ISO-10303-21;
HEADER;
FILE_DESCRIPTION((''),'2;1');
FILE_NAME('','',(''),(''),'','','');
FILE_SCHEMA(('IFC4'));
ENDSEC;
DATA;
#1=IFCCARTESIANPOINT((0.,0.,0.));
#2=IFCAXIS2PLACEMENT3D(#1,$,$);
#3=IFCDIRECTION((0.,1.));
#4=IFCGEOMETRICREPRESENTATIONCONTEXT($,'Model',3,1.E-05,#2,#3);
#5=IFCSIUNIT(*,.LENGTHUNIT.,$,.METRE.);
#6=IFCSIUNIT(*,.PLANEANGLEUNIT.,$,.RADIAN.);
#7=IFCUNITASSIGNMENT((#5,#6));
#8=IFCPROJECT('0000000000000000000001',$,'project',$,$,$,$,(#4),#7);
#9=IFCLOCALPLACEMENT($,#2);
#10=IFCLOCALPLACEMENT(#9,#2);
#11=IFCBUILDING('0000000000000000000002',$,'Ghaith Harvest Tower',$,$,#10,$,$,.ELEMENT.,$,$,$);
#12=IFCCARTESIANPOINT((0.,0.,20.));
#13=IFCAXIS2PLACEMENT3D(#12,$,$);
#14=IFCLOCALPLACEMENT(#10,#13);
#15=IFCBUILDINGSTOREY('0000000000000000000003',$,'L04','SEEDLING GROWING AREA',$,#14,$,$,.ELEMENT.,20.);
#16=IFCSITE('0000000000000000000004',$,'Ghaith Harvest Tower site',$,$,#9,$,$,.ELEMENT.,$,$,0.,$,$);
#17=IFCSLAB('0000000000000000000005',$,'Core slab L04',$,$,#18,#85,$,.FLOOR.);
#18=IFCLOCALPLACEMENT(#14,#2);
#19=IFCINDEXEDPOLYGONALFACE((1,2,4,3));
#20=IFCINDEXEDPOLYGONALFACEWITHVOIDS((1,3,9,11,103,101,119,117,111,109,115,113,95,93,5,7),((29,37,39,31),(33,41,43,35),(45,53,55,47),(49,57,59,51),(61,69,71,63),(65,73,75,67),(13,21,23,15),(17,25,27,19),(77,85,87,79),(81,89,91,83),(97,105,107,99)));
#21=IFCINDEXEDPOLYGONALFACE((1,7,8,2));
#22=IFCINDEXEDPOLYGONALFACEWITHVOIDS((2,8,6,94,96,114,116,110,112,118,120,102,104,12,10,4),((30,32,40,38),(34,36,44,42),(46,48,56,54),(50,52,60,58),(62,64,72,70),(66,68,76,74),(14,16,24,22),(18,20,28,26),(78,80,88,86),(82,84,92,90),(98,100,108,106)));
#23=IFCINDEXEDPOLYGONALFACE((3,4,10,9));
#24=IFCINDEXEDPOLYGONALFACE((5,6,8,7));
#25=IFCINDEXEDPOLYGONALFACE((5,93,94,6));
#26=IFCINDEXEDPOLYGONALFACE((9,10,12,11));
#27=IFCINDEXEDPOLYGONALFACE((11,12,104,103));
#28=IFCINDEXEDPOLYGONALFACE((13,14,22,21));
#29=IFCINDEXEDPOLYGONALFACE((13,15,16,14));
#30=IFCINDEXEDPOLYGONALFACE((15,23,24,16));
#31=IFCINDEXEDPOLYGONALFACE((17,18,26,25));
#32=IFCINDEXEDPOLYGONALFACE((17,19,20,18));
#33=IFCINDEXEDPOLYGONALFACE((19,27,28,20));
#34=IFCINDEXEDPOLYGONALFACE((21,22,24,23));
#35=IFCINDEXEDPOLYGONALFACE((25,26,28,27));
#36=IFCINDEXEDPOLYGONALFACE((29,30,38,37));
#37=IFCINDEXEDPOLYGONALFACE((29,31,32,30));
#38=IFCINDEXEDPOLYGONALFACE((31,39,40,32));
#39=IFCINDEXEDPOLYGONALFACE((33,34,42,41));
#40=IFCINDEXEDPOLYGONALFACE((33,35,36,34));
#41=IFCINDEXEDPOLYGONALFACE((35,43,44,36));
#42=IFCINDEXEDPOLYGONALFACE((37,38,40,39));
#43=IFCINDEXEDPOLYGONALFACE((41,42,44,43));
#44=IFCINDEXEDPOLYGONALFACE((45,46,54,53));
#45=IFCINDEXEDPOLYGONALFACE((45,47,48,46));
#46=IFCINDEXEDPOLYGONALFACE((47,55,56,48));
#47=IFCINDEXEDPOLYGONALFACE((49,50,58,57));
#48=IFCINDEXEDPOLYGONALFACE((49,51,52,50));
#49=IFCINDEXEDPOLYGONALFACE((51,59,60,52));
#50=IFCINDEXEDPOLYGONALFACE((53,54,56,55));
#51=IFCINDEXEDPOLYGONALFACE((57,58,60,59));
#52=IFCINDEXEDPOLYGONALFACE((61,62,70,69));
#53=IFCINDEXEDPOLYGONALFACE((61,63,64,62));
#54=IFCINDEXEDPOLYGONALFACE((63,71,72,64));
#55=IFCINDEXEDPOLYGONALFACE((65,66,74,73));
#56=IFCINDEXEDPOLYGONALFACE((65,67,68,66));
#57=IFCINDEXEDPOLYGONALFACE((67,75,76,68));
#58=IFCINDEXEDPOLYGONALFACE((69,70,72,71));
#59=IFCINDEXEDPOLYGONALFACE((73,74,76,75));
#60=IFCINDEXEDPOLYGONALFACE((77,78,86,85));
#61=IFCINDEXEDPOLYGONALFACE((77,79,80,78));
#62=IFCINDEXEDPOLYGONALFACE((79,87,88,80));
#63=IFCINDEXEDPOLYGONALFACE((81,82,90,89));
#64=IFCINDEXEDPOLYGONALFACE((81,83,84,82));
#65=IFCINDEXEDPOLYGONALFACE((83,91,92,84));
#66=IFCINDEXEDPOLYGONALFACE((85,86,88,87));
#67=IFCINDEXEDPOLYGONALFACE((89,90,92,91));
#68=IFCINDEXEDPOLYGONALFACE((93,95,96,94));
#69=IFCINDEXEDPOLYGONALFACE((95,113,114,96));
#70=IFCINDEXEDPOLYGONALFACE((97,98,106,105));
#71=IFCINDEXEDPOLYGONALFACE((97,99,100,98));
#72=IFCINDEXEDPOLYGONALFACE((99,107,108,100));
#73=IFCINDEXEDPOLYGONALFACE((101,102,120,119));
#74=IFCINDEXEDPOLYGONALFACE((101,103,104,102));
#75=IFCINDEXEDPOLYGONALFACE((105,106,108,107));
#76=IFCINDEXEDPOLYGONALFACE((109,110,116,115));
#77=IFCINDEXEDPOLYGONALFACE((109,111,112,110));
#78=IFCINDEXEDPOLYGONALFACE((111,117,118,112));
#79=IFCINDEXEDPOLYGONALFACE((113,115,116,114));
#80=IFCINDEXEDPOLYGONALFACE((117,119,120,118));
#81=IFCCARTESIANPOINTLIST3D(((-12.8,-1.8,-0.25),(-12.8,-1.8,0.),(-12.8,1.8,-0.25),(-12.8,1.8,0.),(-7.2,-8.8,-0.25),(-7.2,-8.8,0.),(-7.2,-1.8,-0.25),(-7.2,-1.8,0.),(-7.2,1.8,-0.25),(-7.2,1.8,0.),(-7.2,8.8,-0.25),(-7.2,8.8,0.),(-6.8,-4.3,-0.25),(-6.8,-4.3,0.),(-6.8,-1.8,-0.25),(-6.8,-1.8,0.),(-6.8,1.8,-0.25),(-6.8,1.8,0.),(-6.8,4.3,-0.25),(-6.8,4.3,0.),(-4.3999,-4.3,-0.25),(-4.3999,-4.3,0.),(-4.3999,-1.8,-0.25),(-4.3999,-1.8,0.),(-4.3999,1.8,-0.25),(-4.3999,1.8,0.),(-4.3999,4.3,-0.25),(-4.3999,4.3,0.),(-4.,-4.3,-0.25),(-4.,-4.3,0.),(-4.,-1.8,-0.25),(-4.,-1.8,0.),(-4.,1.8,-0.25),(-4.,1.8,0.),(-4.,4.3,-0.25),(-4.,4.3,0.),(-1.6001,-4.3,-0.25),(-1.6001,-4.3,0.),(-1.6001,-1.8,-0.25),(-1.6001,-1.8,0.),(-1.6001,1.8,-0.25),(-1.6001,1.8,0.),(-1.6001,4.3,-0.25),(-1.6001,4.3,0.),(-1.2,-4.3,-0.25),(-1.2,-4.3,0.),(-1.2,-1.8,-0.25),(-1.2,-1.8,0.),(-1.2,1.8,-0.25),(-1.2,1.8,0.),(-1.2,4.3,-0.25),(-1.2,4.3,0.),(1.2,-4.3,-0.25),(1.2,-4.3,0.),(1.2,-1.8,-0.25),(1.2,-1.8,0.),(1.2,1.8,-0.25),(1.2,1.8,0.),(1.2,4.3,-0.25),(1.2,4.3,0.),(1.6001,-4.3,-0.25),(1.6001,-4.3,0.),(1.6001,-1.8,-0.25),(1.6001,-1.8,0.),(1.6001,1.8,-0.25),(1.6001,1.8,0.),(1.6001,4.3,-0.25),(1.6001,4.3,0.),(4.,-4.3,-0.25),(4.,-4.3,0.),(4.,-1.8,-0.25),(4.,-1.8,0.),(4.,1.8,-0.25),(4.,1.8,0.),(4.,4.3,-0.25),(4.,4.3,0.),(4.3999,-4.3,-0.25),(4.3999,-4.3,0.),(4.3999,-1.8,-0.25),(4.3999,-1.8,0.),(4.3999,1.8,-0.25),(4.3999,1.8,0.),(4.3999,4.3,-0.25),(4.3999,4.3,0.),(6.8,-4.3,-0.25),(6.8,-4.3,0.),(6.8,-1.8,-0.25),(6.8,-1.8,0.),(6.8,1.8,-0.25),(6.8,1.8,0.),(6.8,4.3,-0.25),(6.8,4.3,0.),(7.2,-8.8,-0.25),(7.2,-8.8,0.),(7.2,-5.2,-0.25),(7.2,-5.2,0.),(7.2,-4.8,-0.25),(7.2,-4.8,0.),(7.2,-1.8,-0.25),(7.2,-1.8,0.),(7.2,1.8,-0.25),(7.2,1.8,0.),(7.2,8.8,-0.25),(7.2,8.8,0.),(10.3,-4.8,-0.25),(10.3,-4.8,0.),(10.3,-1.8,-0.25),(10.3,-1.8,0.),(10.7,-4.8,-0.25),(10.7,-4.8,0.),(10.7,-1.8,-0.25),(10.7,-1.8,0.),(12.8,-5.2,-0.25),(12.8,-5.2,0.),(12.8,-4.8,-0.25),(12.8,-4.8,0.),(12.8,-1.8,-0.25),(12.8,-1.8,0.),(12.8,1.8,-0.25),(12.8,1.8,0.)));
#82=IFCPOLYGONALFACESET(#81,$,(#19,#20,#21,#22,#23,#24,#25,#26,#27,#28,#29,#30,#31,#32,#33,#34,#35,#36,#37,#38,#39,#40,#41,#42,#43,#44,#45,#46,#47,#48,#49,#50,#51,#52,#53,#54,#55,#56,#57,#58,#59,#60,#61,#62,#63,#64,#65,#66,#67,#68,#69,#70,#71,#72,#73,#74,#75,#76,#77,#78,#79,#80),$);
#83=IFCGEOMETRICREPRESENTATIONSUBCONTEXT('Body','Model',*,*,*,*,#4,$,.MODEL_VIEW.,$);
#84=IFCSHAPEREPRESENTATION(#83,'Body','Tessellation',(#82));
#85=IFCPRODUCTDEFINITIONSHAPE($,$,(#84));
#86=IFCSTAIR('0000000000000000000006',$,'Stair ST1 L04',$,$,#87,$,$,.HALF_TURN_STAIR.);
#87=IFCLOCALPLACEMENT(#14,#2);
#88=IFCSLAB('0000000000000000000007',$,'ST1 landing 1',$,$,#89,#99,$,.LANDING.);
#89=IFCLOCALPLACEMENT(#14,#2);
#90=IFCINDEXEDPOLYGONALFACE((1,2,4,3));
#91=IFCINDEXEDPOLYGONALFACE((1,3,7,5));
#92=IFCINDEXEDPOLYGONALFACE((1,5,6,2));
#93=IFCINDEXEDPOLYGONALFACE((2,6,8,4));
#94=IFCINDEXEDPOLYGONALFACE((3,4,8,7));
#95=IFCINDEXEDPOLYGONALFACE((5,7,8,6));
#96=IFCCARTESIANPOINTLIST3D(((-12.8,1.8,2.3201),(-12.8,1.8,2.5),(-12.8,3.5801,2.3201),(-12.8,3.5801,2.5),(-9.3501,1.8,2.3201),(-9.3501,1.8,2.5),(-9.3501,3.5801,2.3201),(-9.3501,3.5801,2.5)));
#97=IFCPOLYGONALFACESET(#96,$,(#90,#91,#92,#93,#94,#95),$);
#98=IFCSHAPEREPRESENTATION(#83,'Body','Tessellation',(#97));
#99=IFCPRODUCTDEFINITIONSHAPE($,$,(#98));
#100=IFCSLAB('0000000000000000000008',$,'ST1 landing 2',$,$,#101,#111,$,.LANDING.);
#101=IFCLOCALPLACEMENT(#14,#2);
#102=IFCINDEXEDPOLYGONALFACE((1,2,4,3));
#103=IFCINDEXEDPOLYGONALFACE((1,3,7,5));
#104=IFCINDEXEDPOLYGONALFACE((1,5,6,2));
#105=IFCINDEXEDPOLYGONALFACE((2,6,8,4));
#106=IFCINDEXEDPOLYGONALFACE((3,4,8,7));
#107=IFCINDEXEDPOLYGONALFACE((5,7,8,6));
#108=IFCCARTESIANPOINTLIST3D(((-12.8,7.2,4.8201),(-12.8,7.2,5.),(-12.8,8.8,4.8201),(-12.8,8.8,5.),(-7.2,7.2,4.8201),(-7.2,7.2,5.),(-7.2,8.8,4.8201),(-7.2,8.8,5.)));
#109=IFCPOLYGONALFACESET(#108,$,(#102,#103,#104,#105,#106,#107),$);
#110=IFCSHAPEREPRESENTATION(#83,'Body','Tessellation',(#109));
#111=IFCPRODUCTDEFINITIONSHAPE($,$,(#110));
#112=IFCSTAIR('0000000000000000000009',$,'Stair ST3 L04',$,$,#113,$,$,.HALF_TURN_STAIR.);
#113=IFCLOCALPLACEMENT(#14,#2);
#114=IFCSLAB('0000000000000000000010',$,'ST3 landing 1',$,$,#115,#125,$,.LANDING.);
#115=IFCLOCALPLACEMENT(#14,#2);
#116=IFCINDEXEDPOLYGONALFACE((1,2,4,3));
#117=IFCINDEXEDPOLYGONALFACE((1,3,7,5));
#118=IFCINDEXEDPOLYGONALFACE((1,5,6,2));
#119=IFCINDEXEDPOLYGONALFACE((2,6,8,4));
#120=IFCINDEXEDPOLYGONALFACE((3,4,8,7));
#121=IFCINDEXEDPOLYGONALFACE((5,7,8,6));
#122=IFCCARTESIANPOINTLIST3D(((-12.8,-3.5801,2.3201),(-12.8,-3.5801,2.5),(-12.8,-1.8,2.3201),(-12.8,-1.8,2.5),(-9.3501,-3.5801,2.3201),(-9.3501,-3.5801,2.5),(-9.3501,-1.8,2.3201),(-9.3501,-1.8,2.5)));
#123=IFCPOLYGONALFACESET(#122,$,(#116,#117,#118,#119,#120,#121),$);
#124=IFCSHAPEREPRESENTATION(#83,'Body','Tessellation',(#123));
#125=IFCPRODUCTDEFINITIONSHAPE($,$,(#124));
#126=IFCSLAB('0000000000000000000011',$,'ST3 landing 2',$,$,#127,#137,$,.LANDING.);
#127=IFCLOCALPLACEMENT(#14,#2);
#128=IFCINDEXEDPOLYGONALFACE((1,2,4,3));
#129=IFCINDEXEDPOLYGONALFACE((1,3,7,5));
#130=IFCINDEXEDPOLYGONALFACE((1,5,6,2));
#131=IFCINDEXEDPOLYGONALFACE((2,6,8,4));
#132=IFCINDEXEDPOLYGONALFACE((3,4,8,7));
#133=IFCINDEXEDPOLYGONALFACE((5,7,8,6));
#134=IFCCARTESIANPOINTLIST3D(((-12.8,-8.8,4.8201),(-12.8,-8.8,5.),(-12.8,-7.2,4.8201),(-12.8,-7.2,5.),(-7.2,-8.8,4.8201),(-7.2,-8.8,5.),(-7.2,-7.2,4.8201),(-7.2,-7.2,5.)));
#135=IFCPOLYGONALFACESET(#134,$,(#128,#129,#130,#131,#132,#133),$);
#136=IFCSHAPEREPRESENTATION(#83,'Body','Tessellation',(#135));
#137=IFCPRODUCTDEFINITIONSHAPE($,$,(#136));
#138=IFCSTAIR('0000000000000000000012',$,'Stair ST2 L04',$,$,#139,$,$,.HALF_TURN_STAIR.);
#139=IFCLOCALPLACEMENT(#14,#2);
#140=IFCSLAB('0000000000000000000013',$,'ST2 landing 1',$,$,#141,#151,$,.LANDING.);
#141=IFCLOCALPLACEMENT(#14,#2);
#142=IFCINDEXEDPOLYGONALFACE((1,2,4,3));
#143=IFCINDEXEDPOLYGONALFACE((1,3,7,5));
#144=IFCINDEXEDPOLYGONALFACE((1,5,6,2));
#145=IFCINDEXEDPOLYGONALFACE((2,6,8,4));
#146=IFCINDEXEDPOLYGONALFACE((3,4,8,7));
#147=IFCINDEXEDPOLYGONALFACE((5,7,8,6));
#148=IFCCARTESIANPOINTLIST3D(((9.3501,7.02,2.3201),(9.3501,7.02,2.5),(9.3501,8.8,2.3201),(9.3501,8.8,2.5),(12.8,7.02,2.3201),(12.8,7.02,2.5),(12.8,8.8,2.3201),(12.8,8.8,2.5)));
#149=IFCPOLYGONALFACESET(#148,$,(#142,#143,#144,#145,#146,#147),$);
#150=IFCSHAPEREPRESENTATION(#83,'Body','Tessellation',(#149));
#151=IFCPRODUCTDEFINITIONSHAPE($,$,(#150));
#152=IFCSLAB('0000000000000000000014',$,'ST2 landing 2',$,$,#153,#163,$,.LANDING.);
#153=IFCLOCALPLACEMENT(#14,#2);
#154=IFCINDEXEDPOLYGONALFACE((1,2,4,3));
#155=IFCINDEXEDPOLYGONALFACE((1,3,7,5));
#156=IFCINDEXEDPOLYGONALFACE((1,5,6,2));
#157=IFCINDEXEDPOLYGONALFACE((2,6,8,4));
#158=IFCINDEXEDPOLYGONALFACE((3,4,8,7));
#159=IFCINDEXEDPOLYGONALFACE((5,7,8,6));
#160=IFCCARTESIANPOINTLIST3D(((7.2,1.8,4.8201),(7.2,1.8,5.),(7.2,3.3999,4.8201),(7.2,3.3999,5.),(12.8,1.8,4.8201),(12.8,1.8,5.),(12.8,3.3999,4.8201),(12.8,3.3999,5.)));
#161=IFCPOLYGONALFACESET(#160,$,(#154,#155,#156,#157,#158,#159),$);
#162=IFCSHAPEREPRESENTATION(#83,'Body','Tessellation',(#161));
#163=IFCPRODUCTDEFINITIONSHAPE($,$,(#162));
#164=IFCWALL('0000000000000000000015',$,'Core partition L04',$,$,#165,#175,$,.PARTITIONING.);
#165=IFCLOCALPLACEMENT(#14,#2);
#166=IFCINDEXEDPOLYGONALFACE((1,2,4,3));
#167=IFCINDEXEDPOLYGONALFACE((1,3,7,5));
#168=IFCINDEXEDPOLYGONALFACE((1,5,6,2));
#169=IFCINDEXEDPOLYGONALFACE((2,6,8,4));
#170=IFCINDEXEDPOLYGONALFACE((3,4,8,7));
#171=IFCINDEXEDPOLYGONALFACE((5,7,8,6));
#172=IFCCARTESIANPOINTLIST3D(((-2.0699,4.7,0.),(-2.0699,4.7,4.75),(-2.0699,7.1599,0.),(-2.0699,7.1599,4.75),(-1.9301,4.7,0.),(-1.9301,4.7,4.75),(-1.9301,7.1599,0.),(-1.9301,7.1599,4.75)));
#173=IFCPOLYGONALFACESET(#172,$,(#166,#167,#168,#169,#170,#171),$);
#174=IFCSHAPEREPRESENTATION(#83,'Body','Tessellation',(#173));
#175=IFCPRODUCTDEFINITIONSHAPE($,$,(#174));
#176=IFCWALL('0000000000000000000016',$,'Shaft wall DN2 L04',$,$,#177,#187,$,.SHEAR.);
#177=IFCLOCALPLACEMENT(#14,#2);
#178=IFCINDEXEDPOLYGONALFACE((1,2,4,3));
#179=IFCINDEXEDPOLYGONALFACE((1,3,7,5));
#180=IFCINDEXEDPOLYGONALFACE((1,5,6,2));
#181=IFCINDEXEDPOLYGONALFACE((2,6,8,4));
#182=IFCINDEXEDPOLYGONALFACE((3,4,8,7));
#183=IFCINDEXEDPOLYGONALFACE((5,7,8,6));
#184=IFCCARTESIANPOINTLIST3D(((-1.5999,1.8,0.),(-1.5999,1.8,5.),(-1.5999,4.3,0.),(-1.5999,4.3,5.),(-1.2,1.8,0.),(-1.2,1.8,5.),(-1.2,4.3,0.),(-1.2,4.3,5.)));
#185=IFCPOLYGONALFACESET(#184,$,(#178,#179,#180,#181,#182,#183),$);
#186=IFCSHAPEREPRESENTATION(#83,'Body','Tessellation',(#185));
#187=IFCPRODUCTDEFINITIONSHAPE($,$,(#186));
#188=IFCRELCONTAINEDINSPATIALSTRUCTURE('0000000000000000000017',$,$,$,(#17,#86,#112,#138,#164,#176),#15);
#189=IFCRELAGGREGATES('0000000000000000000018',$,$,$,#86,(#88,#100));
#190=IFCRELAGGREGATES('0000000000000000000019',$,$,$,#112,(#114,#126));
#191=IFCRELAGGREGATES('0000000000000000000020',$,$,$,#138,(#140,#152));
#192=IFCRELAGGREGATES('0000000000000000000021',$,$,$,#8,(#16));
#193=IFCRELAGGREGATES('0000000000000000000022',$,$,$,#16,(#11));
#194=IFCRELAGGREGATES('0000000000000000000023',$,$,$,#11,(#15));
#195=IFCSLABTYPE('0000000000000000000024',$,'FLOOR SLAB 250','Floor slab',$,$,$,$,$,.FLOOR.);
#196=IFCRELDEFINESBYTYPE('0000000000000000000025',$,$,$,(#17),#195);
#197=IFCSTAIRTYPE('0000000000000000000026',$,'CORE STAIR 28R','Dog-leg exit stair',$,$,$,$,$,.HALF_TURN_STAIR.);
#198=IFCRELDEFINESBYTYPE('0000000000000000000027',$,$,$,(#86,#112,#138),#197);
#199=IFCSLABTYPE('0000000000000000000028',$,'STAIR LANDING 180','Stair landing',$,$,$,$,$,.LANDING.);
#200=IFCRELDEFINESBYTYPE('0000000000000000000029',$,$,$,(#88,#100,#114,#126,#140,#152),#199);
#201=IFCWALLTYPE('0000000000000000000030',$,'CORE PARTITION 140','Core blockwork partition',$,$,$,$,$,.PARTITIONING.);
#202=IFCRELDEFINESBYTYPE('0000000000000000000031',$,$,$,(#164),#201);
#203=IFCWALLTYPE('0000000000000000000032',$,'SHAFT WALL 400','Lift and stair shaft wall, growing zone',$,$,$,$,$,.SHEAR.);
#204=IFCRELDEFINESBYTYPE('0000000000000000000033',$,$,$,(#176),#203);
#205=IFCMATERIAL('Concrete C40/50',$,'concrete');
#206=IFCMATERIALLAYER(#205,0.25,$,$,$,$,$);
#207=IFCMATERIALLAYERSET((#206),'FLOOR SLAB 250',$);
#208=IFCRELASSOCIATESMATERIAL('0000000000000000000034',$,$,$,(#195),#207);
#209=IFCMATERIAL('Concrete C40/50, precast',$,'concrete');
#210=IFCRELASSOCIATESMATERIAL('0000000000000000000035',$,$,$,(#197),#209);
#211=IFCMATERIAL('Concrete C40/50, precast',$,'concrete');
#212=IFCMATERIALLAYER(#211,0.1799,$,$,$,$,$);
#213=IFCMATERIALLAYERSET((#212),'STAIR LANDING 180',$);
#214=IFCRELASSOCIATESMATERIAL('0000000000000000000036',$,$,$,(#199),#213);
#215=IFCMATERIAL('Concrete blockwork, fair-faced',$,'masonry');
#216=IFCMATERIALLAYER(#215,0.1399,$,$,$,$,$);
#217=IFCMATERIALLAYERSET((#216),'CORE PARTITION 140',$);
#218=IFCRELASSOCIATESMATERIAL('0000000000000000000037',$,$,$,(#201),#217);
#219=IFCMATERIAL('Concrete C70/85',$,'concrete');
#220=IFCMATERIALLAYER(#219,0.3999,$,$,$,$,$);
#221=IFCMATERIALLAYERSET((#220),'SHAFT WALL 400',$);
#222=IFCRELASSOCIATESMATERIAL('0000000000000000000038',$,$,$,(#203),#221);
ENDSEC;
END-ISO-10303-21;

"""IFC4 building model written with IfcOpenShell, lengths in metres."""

from ifc_helpers import new_model, si_unit, direction, frame, frame_2d, origin, place, context, subcontext, project, spatial, polyline, rectangle, outline, extrude, material, layer, layer_set, type_object, element, aggregate, save


model = new_model("IFC4")

# Units and contexts
model_context = context("Model", 3, precision=1e-05, world=origin(), true_north=direction((0.0, 1.0)))
body_context = subcontext(model_context, "Body", "Model", "MODEL_VIEW")
ifc_project = project(units=[si_unit("LENGTHUNIT", "METRE"), si_unit("PLANEANGLEUNIT", "RADIAN")], contexts=[model_context])

# Site, building, storey
site_placement = place(None, origin())
site = spatial("IfcSite", under=ifc_project, at=site_placement, Name="Ghaith Harvest Tower site", CompositionType="ELEMENT", RefElevation=0.0)
building_placement = place(site_placement, origin())
building = spatial("IfcBuilding", under=site, at=building_placement, Name="Ghaith Harvest Tower", CompositionType="ELEMENT")
storey_placement = place(building_placement, frame((0.0, 0.0, 20.0)))
storey = spatial("IfcBuildingStorey", under=building, at=storey_placement, Name="L04", Description="SEEDLING GROWING AREA", CompositionType="ELEMENT", Elevation=20.0)

# Slab
ifc_material_1 = material(Name="Concrete C40/50", Category="concrete")
ifc_layer_1 = layer(ifc_material_1, 0.25)
ifc_layer_set_1 = layer_set([ifc_layer_1], Name="FLOOR SLAB 250")
slab_type_1 = type_object("IfcSlabType", Name="FLOOR SLAB 250", Description="Floor slab", PredefinedType="FLOOR", material=ifc_layer_set_1)
slab_1_placement = place(storey_placement, frame((0.0, 0.0, -0.25)))
element("IfcSlab", 1, at=slab_1_placement, inside=storey, type_object=slab_type_1, Name="Core slab L04", PredefinedType="FLOOR", context=body_context, shape_type="SweptSolid", body=[
    extrude(outline(polyline([(-12.8, 1.8), (-7.2, 1.8), (-7.2, 8.8), (7.2, 8.8), (7.2, 1.8), (12.8, 1.8), (12.8, -1.8), (10.7, -1.8), (10.7, -4.8), (12.8, -4.8), (12.8, -5.2), (7.2, -5.2), (7.2, -8.8), (-7.2, -8.8), (-7.2, -1.8), (-12.8, -1.8), (-12.8, 1.8)]), holes=[polyline([(-4.3999, -4.3), (-4.3999, -1.8), (-6.8, -1.8), (-6.8, -4.3), (-4.3999, -4.3)]), polyline([(-1.6001, -4.3), (-1.6001, -1.8), (-4.0, -1.8), (-4.0, -4.3), (-1.6001, -4.3)]), polyline([(1.2, -4.3), (1.2, -1.8), (-1.2, -1.8), (-1.2, -4.3), (1.2, -4.3)]), polyline([(-4.3999, 1.8), (-4.3999, 4.3), (-6.8, 4.3), (-6.8, 1.8), (-4.3999, 1.8)]), polyline([(-1.6001, 1.8), (-1.6001, 4.3), (-4.0, 4.3), (-4.0, 1.8), (-1.6001, 1.8)]), polyline([(1.2, 1.8), (1.2, 4.3), (-1.2, 4.3), (-1.2, 1.8), (1.2, 1.8)]), polyline([(10.3, -4.8), (10.3, -1.8), (7.2, -1.8), (7.2, -4.8), (10.3, -4.8)]), polyline([(4.0, -4.3), (4.0, -1.8), (1.6001, -1.8), (1.6001, -4.3), (4.0, -4.3)]), polyline([(6.8, -4.3), (6.8, -1.8), (4.3999, -1.8), (4.3999, -4.3), (6.8, -4.3)]), polyline([(4.0, 1.8), (4.0, 4.3), (1.6001, 4.3), (1.6001, 1.8), (4.0, 1.8)]), polyline([(6.8, 1.8), (6.8, 4.3), (4.3999, 4.3), (4.3999, 1.8), (6.8, 1.8)])]), origin(), (0.0, 0.0, 1.0), 0.25),
])

# Stairs, slabs
ifc_material_2 = material(Name="Concrete C40/50, precast", Category="concrete")
stair_type = type_object("IfcStairType", Name="CORE STAIR 28R", Description="Dog-leg exit stair", PredefinedType="HALF_TURN_STAIR", material=ifc_material_2)
stair_1_placement = place(storey_placement, origin())
stair_1 = element("IfcStair", 2, at=stair_1_placement, inside=storey, type_object=stair_type, Name="Stair ST1 L04", PredefinedType="HALF_TURN_STAIR")
ifc_material_3 = material(Name="Concrete C40/50, precast", Category="concrete")
ifc_layer_2 = layer(ifc_material_3, 0.1799)
ifc_layer_set_2 = layer_set([ifc_layer_2], Name="STAIR LANDING 180")
slab_type_2 = type_object("IfcSlabType", Name="STAIR LANDING 180", Description="Stair landing", PredefinedType="LANDING", material=ifc_layer_set_2)
slab_2_placement = place(storey_placement, frame((0.0, 0.0, 2.3201)))
slab_2 = element("IfcSlab", 3, at=slab_2_placement, type_object=slab_type_2, Name="ST1 landing 1", PredefinedType="LANDING", context=body_context, shape_type="SweptSolid", body=[
    extrude(outline(polyline([(-12.8, 3.5801), (-12.8, 1.8), (-9.3501, 1.8), (-9.3501, 3.5801), (-12.8, 3.5801)])), origin(), (0.0, 0.0, 1.0), 0.1799),
])
slab_3_placement = place(storey_placement, frame((0.0, 0.0, 4.8201)))
slab_3 = element("IfcSlab", 4, at=slab_3_placement, type_object=slab_type_2, Name="ST1 landing 2", PredefinedType="LANDING", context=body_context, shape_type="SweptSolid", body=[
    extrude(outline(polyline([(-12.8, 8.8), (-12.8, 7.2), (-7.2, 7.2), (-7.2, 8.8), (-12.8, 8.8)])), origin(), (0.0, 0.0, 1.0), 0.1799),
])
aggregate(stair_1, [slab_2, slab_3])
stair_2_placement = place(storey_placement, origin())
stair_2 = element("IfcStair", 5, at=stair_2_placement, inside=storey, type_object=stair_type, Name="Stair ST3 L04", PredefinedType="HALF_TURN_STAIR")
slab_4_placement = place(storey_placement, frame((0.0, 0.0, 2.3201)))
slab_4 = element("IfcSlab", 6, at=slab_4_placement, type_object=slab_type_2, Name="ST3 landing 1", PredefinedType="LANDING", context=body_context, shape_type="SweptSolid", body=[
    extrude(outline(polyline([(-12.8, -3.5801), (-12.8, -1.8), (-9.3501, -1.8), (-9.3501, -3.5801), (-12.8, -3.5801)])), origin(), (0.0, 0.0, 1.0), 0.1799),
])
slab_5_placement = place(storey_placement, frame((0.0, 0.0, 4.8201)))
slab_5 = element("IfcSlab", 7, at=slab_5_placement, type_object=slab_type_2, Name="ST3 landing 2", PredefinedType="LANDING", context=body_context, shape_type="SweptSolid", body=[
    extrude(outline(polyline([(-12.8, -8.8), (-12.8, -7.2), (-7.2, -7.2), (-7.2, -8.8), (-12.8, -8.8)])), origin(), (0.0, 0.0, 1.0), 0.1799),
])
aggregate(stair_2, [slab_4, slab_5])
stair_3_placement = place(storey_placement, origin())
stair_3 = element("IfcStair", 8, at=stair_3_placement, inside=storey, type_object=stair_type, Name="Stair ST2 L04", PredefinedType="HALF_TURN_STAIR")
slab_6_placement = place(storey_placement, frame((0.0, 0.0, 2.3201)))
slab_6 = element("IfcSlab", 9, at=slab_6_placement, type_object=slab_type_2, Name="ST2 landing 1", PredefinedType="LANDING", context=body_context, shape_type="SweptSolid", body=[
    extrude(outline(polyline([(12.8, 7.02), (12.8, 8.8), (9.3501, 8.8), (9.3501, 7.02), (12.8, 7.02)])), origin(), (0.0, 0.0, 1.0), 0.1799),
])
slab_7_placement = place(storey_placement, frame((0.0, 0.0, 4.8201)))
slab_7 = element("IfcSlab", 10, at=slab_7_placement, type_object=slab_type_2, Name="ST2 landing 2", PredefinedType="LANDING", context=body_context, shape_type="SweptSolid", body=[
    extrude(outline(polyline([(12.8, 1.8), (12.8, 3.3999), (7.2, 3.3999), (7.2, 1.8), (12.8, 1.8)])), origin(), (0.0, 0.0, 1.0), 0.1799),
])
aggregate(stair_3, [slab_6, slab_7])

# Walls
ifc_material_4 = material(Name="Concrete blockwork, fair-faced", Category="masonry")
ifc_layer_3 = layer(ifc_material_4, 0.1399)
ifc_layer_set_3 = layer_set([ifc_layer_3], Name="CORE PARTITION 140")
wall_type_1 = type_object("IfcWallType", Name="CORE PARTITION 140", Description="Core blockwork partition", PredefinedType="PARTITIONING", material=ifc_layer_set_3)
wall_1_placement = place(storey_placement, frame((-2.0, 4.7, 0.0), z_axis=(0.0, 0.0, 1.0), x_axis=(0.0, 1.0, 0.0)))
element("IfcWall", 11, at=wall_1_placement, inside=storey, type_object=wall_type_1, Name="Core partition L04", PredefinedType="PARTITIONING", context=body_context, shape_type="SweptSolid", body=[
    extrude(rectangle(XDim=2.46, YDim=0.1399, at=frame_2d((1.23, 0.0))), origin(), (0.0, 0.0, 1.0), 4.75),
])
ifc_material_5 = material(Name="Concrete C70/85", Category="concrete")
ifc_layer_4 = layer(ifc_material_5, 0.3999)
ifc_layer_set_4 = layer_set([ifc_layer_4], Name="SHAFT WALL 400")
wall_type_2 = type_object("IfcWallType", Name="SHAFT WALL 400", Description="Lift and stair shaft wall, growing zone", PredefinedType="SHEAR", material=ifc_layer_set_4)
wall_2_placement = place(storey_placement, frame((-1.3999, 1.8, 0.0), z_axis=(0.0, 0.0, 1.0), x_axis=(0.0, 1.0, 0.0)))
element("IfcWall", 12, at=wall_2_placement, inside=storey, type_object=wall_type_2, Name="Shaft wall DN2 L04", PredefinedType="SHEAR", context=body_context, shape_type="SweptSolid", body=[
    extrude(rectangle(XDim=2.5, YDim=0.3999, at=frame_2d((1.25, 0.0))), origin(), (0.0, 0.0, 1.0), 5.0),
])

save(model, "model.ifc")
